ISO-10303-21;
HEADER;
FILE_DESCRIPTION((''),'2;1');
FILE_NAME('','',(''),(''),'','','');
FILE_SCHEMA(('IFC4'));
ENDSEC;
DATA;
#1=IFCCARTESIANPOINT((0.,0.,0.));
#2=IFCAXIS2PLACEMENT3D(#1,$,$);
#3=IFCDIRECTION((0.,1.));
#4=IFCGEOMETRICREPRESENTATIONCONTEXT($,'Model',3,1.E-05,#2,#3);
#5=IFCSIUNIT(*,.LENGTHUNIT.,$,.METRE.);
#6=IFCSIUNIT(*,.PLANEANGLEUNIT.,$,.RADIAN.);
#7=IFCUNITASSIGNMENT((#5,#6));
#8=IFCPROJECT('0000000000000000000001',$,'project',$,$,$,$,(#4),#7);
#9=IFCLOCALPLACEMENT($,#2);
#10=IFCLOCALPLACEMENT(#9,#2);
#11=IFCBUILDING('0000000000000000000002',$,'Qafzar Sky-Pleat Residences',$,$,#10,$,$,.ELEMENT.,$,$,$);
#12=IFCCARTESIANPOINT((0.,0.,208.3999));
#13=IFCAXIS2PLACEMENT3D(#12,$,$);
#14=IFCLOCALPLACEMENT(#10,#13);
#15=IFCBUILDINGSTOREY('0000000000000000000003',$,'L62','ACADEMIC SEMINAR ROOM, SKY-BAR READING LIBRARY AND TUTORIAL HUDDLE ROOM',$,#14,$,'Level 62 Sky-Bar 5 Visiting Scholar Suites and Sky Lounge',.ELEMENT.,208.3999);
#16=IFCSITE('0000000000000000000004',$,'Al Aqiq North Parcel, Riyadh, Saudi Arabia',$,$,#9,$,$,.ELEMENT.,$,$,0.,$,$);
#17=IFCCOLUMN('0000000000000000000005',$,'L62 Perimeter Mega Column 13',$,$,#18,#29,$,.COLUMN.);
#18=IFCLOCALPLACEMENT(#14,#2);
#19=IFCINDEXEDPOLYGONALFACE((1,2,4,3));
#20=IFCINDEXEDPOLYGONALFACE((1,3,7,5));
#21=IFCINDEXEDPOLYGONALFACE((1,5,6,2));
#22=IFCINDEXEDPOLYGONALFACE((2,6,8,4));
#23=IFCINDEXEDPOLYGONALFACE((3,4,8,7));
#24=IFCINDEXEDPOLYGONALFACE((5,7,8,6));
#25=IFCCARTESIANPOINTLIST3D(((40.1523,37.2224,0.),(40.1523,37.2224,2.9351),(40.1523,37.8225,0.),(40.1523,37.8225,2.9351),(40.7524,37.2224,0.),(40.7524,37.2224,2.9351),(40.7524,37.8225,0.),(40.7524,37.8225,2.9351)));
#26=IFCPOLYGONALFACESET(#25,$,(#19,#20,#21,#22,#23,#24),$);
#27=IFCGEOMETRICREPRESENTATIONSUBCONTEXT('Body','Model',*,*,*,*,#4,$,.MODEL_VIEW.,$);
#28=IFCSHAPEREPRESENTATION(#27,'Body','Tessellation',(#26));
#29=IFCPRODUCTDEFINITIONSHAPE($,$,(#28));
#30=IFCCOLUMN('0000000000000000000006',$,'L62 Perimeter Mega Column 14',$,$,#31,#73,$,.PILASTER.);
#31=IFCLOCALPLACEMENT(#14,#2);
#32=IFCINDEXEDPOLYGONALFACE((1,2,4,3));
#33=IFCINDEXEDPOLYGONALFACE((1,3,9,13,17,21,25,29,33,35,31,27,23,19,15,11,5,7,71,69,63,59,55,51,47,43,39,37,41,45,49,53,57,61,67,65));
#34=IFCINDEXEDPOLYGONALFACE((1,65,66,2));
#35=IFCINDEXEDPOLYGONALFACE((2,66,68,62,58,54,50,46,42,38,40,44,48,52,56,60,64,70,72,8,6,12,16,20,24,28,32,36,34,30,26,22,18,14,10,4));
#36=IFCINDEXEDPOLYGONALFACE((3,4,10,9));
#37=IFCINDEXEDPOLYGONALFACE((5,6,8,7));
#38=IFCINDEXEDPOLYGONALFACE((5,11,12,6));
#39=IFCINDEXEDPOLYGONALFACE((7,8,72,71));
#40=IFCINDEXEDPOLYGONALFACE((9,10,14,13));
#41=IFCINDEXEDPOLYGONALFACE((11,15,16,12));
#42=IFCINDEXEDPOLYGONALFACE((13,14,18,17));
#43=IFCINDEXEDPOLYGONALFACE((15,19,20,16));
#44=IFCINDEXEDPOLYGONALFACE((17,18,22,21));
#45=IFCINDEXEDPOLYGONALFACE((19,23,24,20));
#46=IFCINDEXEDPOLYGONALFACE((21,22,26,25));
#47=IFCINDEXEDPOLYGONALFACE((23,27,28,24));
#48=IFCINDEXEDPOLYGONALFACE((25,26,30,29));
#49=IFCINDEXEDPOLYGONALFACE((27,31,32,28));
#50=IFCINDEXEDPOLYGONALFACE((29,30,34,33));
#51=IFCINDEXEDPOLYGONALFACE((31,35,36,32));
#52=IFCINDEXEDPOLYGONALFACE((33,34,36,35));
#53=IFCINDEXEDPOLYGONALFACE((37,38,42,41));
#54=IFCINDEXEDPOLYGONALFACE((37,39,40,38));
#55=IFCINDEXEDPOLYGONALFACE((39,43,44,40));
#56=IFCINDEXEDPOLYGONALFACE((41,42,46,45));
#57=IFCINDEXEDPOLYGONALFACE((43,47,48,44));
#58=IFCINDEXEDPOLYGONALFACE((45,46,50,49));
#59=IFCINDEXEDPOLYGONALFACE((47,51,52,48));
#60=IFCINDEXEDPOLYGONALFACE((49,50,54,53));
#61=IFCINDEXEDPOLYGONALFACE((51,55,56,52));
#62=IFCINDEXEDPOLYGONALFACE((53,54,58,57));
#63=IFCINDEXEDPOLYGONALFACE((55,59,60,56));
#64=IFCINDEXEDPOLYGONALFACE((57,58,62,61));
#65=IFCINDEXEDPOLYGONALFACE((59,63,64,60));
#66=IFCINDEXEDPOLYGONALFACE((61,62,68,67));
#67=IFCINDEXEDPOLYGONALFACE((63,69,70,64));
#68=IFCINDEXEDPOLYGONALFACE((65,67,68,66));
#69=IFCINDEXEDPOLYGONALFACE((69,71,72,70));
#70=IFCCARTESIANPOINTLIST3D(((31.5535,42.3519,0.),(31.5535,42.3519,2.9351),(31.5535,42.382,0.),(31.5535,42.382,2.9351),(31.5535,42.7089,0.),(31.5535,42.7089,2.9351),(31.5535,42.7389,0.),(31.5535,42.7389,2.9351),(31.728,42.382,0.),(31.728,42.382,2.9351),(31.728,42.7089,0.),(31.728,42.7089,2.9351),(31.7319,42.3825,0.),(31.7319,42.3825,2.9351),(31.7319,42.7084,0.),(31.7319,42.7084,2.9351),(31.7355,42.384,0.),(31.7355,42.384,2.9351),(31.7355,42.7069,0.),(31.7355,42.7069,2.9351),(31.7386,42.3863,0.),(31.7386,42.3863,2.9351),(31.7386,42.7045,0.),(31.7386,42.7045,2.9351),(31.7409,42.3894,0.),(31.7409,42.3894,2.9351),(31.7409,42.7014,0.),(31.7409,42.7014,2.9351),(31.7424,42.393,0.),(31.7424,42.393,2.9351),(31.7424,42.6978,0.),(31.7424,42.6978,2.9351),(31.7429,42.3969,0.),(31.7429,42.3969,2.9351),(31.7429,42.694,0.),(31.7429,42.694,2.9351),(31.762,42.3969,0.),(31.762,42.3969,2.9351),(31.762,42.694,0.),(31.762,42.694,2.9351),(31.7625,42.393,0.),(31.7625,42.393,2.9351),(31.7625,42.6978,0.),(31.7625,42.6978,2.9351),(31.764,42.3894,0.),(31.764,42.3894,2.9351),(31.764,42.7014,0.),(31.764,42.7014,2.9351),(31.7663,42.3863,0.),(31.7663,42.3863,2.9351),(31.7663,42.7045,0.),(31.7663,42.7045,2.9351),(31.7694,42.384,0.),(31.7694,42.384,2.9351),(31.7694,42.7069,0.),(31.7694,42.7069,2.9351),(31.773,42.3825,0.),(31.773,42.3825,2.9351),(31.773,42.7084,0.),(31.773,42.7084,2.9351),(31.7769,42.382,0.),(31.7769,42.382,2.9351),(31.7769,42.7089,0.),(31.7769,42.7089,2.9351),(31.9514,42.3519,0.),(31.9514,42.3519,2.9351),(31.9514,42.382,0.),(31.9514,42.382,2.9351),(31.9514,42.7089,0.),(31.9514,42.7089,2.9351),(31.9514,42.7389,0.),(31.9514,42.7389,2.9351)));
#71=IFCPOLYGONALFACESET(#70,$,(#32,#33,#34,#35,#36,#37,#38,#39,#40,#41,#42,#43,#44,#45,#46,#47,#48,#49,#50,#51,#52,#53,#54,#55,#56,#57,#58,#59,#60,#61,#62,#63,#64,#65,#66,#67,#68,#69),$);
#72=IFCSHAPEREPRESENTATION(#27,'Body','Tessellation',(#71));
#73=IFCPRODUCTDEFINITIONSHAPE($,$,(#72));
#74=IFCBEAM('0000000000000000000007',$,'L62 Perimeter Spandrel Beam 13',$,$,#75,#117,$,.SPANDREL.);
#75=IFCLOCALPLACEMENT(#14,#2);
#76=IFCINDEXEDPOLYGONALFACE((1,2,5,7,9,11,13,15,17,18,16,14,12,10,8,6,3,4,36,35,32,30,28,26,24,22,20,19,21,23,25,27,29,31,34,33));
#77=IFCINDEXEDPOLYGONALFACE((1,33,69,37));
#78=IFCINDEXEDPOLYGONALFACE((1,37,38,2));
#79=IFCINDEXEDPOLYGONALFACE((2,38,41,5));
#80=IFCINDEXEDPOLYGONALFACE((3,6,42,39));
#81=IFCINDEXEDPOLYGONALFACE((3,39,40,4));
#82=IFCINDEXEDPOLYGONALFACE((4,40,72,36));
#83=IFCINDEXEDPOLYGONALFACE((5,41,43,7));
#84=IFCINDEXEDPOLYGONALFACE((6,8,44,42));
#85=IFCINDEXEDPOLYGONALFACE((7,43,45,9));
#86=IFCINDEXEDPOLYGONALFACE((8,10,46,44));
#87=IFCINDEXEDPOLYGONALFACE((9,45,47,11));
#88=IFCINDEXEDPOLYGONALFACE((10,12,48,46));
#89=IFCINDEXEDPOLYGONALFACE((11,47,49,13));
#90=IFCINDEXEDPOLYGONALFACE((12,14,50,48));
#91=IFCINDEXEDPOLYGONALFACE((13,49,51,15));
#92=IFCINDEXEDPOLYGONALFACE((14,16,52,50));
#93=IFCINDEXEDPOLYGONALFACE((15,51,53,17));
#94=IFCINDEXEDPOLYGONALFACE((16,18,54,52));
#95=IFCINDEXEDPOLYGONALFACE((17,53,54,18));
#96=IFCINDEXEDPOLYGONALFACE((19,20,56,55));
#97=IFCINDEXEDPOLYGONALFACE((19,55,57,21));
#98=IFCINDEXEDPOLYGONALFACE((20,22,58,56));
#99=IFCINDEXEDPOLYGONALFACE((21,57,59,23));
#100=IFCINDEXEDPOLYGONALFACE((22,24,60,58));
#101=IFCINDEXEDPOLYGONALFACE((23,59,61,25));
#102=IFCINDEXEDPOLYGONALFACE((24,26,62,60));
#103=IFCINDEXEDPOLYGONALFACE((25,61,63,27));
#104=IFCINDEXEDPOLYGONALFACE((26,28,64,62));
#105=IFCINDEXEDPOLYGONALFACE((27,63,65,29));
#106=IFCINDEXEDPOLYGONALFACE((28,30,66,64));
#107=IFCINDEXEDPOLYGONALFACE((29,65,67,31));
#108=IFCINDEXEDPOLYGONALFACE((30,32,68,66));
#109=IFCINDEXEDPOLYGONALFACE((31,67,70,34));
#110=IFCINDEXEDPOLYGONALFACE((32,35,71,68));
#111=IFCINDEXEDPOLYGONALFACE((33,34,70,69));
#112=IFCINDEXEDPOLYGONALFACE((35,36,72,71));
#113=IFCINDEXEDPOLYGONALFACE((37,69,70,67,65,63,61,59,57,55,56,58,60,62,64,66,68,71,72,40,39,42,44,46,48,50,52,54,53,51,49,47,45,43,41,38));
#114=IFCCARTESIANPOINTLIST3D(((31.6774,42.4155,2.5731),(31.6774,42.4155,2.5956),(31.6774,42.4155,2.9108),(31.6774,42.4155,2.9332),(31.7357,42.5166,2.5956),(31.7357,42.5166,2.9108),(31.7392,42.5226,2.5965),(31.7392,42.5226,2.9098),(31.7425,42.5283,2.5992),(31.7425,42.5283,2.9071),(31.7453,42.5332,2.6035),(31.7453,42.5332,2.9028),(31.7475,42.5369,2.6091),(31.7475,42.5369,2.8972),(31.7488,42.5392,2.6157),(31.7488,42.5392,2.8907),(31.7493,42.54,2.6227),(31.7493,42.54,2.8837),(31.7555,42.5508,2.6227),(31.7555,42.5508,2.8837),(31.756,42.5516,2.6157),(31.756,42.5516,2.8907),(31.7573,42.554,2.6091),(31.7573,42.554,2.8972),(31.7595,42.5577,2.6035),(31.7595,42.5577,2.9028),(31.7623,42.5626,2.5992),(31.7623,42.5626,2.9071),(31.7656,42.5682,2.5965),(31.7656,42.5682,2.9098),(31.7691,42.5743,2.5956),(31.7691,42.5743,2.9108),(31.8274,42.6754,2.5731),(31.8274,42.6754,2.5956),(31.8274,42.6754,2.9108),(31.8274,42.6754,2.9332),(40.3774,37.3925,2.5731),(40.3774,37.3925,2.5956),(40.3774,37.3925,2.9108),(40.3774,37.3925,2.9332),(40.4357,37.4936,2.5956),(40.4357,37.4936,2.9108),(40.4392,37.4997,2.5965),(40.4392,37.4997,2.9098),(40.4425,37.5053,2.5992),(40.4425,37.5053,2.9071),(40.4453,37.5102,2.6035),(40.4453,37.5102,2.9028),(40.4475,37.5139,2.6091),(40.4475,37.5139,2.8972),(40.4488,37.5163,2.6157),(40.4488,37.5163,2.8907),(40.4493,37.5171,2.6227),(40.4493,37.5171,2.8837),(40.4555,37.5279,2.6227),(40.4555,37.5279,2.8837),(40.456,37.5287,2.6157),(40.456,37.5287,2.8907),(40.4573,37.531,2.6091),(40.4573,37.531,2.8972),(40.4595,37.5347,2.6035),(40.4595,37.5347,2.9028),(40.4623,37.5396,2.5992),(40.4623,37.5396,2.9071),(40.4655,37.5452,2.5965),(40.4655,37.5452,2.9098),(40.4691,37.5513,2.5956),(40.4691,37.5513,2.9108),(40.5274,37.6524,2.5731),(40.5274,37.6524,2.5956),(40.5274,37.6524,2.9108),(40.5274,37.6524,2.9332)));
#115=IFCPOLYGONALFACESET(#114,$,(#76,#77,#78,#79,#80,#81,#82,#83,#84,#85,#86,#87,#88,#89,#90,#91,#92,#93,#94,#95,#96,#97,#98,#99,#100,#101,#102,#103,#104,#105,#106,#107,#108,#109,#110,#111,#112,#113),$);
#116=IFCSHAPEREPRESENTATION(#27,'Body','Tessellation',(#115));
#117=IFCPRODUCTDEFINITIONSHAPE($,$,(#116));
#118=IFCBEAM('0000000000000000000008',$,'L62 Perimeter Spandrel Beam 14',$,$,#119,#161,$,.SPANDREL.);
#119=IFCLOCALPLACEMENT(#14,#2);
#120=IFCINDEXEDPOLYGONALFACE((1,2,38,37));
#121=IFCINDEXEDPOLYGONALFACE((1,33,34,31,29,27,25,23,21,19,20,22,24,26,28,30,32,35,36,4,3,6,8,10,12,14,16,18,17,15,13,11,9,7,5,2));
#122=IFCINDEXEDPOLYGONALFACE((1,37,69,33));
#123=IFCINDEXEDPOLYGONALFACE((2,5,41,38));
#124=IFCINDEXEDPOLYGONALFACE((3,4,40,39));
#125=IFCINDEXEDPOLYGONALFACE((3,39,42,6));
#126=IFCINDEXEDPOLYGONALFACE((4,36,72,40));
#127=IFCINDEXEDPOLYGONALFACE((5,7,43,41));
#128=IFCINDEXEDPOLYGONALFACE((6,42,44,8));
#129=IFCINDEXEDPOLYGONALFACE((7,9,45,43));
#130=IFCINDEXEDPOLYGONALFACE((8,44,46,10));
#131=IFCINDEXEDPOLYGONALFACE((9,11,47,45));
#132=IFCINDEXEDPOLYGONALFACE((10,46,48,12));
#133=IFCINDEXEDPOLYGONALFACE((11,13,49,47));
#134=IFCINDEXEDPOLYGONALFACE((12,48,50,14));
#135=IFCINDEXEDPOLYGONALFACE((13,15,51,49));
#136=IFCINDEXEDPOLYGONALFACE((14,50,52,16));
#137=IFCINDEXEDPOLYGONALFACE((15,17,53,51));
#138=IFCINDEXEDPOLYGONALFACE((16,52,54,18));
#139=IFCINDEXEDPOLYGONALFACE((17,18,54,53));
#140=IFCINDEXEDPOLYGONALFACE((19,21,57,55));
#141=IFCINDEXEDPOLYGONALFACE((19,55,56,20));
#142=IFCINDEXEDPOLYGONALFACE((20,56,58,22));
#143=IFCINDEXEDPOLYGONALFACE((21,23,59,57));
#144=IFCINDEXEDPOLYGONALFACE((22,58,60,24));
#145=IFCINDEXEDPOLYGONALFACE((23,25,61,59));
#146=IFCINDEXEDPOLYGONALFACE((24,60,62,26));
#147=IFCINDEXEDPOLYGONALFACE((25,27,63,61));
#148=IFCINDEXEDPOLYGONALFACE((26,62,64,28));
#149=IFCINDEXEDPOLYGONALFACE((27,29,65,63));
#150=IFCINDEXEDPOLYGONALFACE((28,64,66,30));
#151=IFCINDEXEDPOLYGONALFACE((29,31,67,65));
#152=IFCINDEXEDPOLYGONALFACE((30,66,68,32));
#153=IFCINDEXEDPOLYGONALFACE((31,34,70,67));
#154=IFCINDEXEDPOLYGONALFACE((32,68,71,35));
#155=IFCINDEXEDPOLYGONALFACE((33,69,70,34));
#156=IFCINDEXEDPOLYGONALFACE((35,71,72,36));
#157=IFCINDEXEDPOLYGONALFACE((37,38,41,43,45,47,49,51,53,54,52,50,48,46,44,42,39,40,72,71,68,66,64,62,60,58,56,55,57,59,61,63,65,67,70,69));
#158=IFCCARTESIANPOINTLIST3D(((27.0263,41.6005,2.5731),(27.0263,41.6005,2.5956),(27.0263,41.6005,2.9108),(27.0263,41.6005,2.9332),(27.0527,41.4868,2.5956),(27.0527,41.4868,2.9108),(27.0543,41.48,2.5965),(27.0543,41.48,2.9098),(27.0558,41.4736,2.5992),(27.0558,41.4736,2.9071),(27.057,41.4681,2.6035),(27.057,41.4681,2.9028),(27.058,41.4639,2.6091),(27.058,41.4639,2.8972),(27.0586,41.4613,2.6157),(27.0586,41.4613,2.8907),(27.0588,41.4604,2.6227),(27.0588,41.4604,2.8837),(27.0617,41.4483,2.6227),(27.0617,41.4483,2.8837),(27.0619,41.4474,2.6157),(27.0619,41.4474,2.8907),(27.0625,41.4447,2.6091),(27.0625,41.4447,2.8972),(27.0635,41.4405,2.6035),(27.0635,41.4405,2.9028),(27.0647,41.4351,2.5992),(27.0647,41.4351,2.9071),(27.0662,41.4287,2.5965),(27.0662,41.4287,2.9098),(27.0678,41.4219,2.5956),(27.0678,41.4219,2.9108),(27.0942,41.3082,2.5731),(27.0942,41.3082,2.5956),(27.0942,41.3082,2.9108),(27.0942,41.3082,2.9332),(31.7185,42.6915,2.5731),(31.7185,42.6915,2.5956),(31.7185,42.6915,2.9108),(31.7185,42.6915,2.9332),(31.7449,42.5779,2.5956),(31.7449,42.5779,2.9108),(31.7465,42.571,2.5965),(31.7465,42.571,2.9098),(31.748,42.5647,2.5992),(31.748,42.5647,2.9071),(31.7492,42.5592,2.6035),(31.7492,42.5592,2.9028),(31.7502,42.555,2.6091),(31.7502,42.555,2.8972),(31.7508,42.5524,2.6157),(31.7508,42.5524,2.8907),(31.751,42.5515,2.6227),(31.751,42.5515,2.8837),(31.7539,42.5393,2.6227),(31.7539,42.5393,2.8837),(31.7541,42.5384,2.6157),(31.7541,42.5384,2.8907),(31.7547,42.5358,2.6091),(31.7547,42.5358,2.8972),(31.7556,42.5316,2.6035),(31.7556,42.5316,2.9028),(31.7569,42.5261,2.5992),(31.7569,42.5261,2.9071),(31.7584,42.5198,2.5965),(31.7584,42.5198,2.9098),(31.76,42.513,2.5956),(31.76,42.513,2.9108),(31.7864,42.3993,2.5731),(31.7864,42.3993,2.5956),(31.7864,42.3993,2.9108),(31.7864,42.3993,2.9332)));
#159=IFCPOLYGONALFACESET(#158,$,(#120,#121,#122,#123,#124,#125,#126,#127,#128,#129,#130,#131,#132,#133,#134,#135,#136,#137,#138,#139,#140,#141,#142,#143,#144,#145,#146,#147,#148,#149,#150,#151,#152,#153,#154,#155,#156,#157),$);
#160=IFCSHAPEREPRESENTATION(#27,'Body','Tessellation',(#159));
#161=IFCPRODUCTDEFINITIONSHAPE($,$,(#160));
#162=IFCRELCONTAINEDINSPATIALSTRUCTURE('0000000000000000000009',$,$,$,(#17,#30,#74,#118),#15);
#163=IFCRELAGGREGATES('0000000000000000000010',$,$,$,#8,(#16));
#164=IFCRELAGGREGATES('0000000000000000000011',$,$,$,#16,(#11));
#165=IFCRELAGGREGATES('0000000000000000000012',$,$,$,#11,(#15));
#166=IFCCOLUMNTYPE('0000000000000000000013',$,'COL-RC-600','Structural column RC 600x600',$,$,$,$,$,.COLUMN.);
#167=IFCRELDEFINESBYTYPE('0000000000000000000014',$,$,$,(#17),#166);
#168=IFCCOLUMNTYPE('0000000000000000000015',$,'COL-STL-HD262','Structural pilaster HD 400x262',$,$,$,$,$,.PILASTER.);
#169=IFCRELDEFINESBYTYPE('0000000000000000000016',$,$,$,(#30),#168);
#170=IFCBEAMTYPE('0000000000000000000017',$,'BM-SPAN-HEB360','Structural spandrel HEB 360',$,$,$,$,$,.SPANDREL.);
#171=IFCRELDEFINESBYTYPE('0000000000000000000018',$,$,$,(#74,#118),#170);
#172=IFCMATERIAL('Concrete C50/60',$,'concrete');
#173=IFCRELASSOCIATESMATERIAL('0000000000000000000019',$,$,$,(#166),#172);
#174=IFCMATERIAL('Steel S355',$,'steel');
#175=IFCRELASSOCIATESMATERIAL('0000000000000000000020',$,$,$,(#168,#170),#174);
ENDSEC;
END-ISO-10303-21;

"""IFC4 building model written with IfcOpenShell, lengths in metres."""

from ifc_helpers import new_model, si_unit, direction, frame, origin, origin_2d, place, context, subcontext, project, spatial, rectangle, i_section, extrude, source, transform, mapped, material, material_profile, profile_set, type_object, element, save


model = new_model("IFC4")

# Units and contexts
model_context = context("Model", 3, precision=1e-05, world=origin(), true_north=direction((0.0, 1.0)))
body_context = subcontext(model_context, "Body", "Model", "MODEL_VIEW")
ifc_project = project(units=[si_unit("LENGTHUNIT", "METRE"), si_unit("PLANEANGLEUNIT", "RADIAN")], contexts=[model_context])

# Site, building, storey
site_placement = place(None, origin())
site = spatial("IfcSite", under=ifc_project, at=site_placement, Name="Al Aqiq North Parcel, Riyadh, Saudi Arabia", CompositionType="ELEMENT", RefElevation=0.0)
building_placement = place(site_placement, origin())
building = spatial("IfcBuilding", under=site, at=building_placement, Name="Qafzar Sky-Pleat Residences", CompositionType="ELEMENT")
storey_placement = place(building_placement, frame((0.0, 0.0, 208.3999)))
storey = spatial("IfcBuildingStorey", under=building, at=storey_placement, Name="L62", Description="ACADEMIC SEMINAR ROOM, SKY-BAR READING LIBRARY AND TUTORIAL HUDDLE ROOM", LongName="Level 62 Sky-Bar 5 Visiting Scholar Suites and Sky Lounge", CompositionType="ELEMENT", Elevation=208.3999)

# Columns
ifc_material_1 = material(Name="Concrete C50/60", Category="concrete")
ifc_material_profile_1 = material_profile(ifc_material_1, rectangle(XDim=0.6001, YDim=0.6001, at=origin_2d()), Name="RC 600x600")
ifc_profile_set_1 = profile_set([ifc_material_profile_1], Name="Concrete C50/60")
column_type_1 = type_object("IfcColumnType", Name="COL-RC-600", Description="Structural column RC 600x600", PredefinedType="COLUMN", material=ifc_profile_set_1)
shared_shape_1 = source(origin(), body_context, "Body", "SweptSolid", [
    extrude(rectangle(XDim=0.6001, YDim=0.6001, at=origin_2d()), origin(), (0.0, 0.0, 1.0), 2.9351),
])
column_1_placement = place(storey_placement, frame((40.4524, 37.5225, 0.0), z_axis=(0.0, 0.0, 1.0), x_axis=(1.0, 0.0, 0.0)))
element("IfcColumn", 1, at=column_1_placement, inside=storey, type_object=column_type_1, Name="L62 Perimeter Mega Column 13", PredefinedType="COLUMN", context=body_context, shape_type="MappedRepresentation", body=[
    mapped(shared_shape_1, transform((0.0, 0.0, 0.0), x_axis=(1.0, 0.0, 0.0), y_axis=(0.0, 1.0, 0.0), z_axis=(0.0, 0.0, 1.0), scale=1.0)),
])
ifc_material_2 = material(Name="Steel S355", Category="steel")
ifc_material_profile_2 = material_profile(ifc_material_2, i_section(OverallWidth=0.3979, OverallDepth=0.387, WebThickness=0.019, FlangeThickness=0.03, FilletRadius=0.0149, at=origin_2d()), Name="HD 400x262")
ifc_profile_set_2 = profile_set([ifc_material_profile_2], Name="Steel S355")
column_type_2 = type_object("IfcColumnType", Name="COL-STL-HD262", Description="Structural pilaster HD 400x262", PredefinedType="PILASTER", material=ifc_profile_set_2)
shared_shape_2 = source(origin(), body_context, "Body", "SweptSolid", [
    extrude(i_section(OverallWidth=0.3979, OverallDepth=0.387, WebThickness=0.019, FlangeThickness=0.03, FilletRadius=0.0149, at=origin_2d()), origin(), (0.0, 0.0, 1.0), 2.9351),
])
column_2_placement = place(storey_placement, frame((31.7524, 42.5454, 0.0), z_axis=(0.0, 0.0, 1.0), x_axis=(1.0, 0.0, 0.0)))
element("IfcColumn", 2, at=column_2_placement, inside=storey, type_object=column_type_2, Name="L62 Perimeter Mega Column 14", PredefinedType="PILASTER", context=body_context, shape_type="MappedRepresentation", body=[
    mapped(shared_shape_2, transform((0.0, 0.0, 0.0), x_axis=(1.0, 0.0, 0.0), y_axis=(0.0, 1.0, 0.0), z_axis=(0.0, 0.0, 1.0), scale=1.0)),
])

# Beams
ifc_material_profile_3 = material_profile(ifc_material_2, i_section(OverallWidth=0.3, OverallDepth=0.3601, WebThickness=0.0125, FlangeThickness=0.0225, FilletRadius=0.0271, at=origin_2d()), Name="HEB 360")
ifc_profile_set_3 = profile_set([ifc_material_profile_3], Name="Steel S355")
beam_type_1 = type_object("IfcBeamType", Name="BM-SPAN-HEB360", Description="Structural spandrel HEB 360", PredefinedType="SPANDREL", material=ifc_profile_set_3)
shared_shape_3 = source(origin(), body_context, "Body", "SweptSolid", [
    extrude(i_section(OverallWidth=0.3, OverallDepth=0.3601, WebThickness=0.0125, FlangeThickness=0.0225, FilletRadius=0.0271, at=origin_2d()), origin(), (0.0, 0.0, 1.0), 10.0459),
])
beam_1_placement = place(storey_placement, frame((40.4524, 37.5225, 2.7532), z_axis=(-0.866024, 0.500002, 0.0), x_axis=(-0.500002, -0.866024, 0.0)))
element("IfcBeam", 3, at=beam_1_placement, inside=storey, type_object=beam_type_1, Name="L62 Perimeter Spandrel Beam 13", PredefinedType="SPANDREL", context=body_context, shape_type="MappedRepresentation", body=[
    mapped(shared_shape_3, transform((0.0, 0.0, 0.0), x_axis=(1.0, 0.0, 0.0), y_axis=(0.0, 1.0, 0.0), z_axis=(0.0, 0.0, 1.0), scale=1.0)),
])
shared_shape_4 = source(origin(), body_context, "Body", "SweptSolid", [
    extrude(i_section(OverallWidth=0.3, OverallDepth=0.3601, WebThickness=0.0125, FlangeThickness=0.0225, FilletRadius=0.0271, at=origin_2d()), origin(), (0.0, 0.0, 1.0), 4.8174),
])
beam_2_placement = place(storey_placement, frame((31.7524, 42.5454, 2.7532), z_axis=(-0.974014, -0.226488, 0.0), x_axis=(0.226488, -0.974014, 0.0)))
element("IfcBeam", 4, at=beam_2_placement, inside=storey, type_object=beam_type_1, Name="L62 Perimeter Spandrel Beam 14", PredefinedType="SPANDREL", context=body_context, shape_type="MappedRepresentation", body=[
    mapped(shared_shape_4, transform((0.0, 0.0, 0.0), x_axis=(1.0, 0.0, 0.0), y_axis=(0.0, 1.0, 0.0), z_axis=(0.0, 0.0, 1.0), scale=1.0)),
])

save(model, "model.ifc")
